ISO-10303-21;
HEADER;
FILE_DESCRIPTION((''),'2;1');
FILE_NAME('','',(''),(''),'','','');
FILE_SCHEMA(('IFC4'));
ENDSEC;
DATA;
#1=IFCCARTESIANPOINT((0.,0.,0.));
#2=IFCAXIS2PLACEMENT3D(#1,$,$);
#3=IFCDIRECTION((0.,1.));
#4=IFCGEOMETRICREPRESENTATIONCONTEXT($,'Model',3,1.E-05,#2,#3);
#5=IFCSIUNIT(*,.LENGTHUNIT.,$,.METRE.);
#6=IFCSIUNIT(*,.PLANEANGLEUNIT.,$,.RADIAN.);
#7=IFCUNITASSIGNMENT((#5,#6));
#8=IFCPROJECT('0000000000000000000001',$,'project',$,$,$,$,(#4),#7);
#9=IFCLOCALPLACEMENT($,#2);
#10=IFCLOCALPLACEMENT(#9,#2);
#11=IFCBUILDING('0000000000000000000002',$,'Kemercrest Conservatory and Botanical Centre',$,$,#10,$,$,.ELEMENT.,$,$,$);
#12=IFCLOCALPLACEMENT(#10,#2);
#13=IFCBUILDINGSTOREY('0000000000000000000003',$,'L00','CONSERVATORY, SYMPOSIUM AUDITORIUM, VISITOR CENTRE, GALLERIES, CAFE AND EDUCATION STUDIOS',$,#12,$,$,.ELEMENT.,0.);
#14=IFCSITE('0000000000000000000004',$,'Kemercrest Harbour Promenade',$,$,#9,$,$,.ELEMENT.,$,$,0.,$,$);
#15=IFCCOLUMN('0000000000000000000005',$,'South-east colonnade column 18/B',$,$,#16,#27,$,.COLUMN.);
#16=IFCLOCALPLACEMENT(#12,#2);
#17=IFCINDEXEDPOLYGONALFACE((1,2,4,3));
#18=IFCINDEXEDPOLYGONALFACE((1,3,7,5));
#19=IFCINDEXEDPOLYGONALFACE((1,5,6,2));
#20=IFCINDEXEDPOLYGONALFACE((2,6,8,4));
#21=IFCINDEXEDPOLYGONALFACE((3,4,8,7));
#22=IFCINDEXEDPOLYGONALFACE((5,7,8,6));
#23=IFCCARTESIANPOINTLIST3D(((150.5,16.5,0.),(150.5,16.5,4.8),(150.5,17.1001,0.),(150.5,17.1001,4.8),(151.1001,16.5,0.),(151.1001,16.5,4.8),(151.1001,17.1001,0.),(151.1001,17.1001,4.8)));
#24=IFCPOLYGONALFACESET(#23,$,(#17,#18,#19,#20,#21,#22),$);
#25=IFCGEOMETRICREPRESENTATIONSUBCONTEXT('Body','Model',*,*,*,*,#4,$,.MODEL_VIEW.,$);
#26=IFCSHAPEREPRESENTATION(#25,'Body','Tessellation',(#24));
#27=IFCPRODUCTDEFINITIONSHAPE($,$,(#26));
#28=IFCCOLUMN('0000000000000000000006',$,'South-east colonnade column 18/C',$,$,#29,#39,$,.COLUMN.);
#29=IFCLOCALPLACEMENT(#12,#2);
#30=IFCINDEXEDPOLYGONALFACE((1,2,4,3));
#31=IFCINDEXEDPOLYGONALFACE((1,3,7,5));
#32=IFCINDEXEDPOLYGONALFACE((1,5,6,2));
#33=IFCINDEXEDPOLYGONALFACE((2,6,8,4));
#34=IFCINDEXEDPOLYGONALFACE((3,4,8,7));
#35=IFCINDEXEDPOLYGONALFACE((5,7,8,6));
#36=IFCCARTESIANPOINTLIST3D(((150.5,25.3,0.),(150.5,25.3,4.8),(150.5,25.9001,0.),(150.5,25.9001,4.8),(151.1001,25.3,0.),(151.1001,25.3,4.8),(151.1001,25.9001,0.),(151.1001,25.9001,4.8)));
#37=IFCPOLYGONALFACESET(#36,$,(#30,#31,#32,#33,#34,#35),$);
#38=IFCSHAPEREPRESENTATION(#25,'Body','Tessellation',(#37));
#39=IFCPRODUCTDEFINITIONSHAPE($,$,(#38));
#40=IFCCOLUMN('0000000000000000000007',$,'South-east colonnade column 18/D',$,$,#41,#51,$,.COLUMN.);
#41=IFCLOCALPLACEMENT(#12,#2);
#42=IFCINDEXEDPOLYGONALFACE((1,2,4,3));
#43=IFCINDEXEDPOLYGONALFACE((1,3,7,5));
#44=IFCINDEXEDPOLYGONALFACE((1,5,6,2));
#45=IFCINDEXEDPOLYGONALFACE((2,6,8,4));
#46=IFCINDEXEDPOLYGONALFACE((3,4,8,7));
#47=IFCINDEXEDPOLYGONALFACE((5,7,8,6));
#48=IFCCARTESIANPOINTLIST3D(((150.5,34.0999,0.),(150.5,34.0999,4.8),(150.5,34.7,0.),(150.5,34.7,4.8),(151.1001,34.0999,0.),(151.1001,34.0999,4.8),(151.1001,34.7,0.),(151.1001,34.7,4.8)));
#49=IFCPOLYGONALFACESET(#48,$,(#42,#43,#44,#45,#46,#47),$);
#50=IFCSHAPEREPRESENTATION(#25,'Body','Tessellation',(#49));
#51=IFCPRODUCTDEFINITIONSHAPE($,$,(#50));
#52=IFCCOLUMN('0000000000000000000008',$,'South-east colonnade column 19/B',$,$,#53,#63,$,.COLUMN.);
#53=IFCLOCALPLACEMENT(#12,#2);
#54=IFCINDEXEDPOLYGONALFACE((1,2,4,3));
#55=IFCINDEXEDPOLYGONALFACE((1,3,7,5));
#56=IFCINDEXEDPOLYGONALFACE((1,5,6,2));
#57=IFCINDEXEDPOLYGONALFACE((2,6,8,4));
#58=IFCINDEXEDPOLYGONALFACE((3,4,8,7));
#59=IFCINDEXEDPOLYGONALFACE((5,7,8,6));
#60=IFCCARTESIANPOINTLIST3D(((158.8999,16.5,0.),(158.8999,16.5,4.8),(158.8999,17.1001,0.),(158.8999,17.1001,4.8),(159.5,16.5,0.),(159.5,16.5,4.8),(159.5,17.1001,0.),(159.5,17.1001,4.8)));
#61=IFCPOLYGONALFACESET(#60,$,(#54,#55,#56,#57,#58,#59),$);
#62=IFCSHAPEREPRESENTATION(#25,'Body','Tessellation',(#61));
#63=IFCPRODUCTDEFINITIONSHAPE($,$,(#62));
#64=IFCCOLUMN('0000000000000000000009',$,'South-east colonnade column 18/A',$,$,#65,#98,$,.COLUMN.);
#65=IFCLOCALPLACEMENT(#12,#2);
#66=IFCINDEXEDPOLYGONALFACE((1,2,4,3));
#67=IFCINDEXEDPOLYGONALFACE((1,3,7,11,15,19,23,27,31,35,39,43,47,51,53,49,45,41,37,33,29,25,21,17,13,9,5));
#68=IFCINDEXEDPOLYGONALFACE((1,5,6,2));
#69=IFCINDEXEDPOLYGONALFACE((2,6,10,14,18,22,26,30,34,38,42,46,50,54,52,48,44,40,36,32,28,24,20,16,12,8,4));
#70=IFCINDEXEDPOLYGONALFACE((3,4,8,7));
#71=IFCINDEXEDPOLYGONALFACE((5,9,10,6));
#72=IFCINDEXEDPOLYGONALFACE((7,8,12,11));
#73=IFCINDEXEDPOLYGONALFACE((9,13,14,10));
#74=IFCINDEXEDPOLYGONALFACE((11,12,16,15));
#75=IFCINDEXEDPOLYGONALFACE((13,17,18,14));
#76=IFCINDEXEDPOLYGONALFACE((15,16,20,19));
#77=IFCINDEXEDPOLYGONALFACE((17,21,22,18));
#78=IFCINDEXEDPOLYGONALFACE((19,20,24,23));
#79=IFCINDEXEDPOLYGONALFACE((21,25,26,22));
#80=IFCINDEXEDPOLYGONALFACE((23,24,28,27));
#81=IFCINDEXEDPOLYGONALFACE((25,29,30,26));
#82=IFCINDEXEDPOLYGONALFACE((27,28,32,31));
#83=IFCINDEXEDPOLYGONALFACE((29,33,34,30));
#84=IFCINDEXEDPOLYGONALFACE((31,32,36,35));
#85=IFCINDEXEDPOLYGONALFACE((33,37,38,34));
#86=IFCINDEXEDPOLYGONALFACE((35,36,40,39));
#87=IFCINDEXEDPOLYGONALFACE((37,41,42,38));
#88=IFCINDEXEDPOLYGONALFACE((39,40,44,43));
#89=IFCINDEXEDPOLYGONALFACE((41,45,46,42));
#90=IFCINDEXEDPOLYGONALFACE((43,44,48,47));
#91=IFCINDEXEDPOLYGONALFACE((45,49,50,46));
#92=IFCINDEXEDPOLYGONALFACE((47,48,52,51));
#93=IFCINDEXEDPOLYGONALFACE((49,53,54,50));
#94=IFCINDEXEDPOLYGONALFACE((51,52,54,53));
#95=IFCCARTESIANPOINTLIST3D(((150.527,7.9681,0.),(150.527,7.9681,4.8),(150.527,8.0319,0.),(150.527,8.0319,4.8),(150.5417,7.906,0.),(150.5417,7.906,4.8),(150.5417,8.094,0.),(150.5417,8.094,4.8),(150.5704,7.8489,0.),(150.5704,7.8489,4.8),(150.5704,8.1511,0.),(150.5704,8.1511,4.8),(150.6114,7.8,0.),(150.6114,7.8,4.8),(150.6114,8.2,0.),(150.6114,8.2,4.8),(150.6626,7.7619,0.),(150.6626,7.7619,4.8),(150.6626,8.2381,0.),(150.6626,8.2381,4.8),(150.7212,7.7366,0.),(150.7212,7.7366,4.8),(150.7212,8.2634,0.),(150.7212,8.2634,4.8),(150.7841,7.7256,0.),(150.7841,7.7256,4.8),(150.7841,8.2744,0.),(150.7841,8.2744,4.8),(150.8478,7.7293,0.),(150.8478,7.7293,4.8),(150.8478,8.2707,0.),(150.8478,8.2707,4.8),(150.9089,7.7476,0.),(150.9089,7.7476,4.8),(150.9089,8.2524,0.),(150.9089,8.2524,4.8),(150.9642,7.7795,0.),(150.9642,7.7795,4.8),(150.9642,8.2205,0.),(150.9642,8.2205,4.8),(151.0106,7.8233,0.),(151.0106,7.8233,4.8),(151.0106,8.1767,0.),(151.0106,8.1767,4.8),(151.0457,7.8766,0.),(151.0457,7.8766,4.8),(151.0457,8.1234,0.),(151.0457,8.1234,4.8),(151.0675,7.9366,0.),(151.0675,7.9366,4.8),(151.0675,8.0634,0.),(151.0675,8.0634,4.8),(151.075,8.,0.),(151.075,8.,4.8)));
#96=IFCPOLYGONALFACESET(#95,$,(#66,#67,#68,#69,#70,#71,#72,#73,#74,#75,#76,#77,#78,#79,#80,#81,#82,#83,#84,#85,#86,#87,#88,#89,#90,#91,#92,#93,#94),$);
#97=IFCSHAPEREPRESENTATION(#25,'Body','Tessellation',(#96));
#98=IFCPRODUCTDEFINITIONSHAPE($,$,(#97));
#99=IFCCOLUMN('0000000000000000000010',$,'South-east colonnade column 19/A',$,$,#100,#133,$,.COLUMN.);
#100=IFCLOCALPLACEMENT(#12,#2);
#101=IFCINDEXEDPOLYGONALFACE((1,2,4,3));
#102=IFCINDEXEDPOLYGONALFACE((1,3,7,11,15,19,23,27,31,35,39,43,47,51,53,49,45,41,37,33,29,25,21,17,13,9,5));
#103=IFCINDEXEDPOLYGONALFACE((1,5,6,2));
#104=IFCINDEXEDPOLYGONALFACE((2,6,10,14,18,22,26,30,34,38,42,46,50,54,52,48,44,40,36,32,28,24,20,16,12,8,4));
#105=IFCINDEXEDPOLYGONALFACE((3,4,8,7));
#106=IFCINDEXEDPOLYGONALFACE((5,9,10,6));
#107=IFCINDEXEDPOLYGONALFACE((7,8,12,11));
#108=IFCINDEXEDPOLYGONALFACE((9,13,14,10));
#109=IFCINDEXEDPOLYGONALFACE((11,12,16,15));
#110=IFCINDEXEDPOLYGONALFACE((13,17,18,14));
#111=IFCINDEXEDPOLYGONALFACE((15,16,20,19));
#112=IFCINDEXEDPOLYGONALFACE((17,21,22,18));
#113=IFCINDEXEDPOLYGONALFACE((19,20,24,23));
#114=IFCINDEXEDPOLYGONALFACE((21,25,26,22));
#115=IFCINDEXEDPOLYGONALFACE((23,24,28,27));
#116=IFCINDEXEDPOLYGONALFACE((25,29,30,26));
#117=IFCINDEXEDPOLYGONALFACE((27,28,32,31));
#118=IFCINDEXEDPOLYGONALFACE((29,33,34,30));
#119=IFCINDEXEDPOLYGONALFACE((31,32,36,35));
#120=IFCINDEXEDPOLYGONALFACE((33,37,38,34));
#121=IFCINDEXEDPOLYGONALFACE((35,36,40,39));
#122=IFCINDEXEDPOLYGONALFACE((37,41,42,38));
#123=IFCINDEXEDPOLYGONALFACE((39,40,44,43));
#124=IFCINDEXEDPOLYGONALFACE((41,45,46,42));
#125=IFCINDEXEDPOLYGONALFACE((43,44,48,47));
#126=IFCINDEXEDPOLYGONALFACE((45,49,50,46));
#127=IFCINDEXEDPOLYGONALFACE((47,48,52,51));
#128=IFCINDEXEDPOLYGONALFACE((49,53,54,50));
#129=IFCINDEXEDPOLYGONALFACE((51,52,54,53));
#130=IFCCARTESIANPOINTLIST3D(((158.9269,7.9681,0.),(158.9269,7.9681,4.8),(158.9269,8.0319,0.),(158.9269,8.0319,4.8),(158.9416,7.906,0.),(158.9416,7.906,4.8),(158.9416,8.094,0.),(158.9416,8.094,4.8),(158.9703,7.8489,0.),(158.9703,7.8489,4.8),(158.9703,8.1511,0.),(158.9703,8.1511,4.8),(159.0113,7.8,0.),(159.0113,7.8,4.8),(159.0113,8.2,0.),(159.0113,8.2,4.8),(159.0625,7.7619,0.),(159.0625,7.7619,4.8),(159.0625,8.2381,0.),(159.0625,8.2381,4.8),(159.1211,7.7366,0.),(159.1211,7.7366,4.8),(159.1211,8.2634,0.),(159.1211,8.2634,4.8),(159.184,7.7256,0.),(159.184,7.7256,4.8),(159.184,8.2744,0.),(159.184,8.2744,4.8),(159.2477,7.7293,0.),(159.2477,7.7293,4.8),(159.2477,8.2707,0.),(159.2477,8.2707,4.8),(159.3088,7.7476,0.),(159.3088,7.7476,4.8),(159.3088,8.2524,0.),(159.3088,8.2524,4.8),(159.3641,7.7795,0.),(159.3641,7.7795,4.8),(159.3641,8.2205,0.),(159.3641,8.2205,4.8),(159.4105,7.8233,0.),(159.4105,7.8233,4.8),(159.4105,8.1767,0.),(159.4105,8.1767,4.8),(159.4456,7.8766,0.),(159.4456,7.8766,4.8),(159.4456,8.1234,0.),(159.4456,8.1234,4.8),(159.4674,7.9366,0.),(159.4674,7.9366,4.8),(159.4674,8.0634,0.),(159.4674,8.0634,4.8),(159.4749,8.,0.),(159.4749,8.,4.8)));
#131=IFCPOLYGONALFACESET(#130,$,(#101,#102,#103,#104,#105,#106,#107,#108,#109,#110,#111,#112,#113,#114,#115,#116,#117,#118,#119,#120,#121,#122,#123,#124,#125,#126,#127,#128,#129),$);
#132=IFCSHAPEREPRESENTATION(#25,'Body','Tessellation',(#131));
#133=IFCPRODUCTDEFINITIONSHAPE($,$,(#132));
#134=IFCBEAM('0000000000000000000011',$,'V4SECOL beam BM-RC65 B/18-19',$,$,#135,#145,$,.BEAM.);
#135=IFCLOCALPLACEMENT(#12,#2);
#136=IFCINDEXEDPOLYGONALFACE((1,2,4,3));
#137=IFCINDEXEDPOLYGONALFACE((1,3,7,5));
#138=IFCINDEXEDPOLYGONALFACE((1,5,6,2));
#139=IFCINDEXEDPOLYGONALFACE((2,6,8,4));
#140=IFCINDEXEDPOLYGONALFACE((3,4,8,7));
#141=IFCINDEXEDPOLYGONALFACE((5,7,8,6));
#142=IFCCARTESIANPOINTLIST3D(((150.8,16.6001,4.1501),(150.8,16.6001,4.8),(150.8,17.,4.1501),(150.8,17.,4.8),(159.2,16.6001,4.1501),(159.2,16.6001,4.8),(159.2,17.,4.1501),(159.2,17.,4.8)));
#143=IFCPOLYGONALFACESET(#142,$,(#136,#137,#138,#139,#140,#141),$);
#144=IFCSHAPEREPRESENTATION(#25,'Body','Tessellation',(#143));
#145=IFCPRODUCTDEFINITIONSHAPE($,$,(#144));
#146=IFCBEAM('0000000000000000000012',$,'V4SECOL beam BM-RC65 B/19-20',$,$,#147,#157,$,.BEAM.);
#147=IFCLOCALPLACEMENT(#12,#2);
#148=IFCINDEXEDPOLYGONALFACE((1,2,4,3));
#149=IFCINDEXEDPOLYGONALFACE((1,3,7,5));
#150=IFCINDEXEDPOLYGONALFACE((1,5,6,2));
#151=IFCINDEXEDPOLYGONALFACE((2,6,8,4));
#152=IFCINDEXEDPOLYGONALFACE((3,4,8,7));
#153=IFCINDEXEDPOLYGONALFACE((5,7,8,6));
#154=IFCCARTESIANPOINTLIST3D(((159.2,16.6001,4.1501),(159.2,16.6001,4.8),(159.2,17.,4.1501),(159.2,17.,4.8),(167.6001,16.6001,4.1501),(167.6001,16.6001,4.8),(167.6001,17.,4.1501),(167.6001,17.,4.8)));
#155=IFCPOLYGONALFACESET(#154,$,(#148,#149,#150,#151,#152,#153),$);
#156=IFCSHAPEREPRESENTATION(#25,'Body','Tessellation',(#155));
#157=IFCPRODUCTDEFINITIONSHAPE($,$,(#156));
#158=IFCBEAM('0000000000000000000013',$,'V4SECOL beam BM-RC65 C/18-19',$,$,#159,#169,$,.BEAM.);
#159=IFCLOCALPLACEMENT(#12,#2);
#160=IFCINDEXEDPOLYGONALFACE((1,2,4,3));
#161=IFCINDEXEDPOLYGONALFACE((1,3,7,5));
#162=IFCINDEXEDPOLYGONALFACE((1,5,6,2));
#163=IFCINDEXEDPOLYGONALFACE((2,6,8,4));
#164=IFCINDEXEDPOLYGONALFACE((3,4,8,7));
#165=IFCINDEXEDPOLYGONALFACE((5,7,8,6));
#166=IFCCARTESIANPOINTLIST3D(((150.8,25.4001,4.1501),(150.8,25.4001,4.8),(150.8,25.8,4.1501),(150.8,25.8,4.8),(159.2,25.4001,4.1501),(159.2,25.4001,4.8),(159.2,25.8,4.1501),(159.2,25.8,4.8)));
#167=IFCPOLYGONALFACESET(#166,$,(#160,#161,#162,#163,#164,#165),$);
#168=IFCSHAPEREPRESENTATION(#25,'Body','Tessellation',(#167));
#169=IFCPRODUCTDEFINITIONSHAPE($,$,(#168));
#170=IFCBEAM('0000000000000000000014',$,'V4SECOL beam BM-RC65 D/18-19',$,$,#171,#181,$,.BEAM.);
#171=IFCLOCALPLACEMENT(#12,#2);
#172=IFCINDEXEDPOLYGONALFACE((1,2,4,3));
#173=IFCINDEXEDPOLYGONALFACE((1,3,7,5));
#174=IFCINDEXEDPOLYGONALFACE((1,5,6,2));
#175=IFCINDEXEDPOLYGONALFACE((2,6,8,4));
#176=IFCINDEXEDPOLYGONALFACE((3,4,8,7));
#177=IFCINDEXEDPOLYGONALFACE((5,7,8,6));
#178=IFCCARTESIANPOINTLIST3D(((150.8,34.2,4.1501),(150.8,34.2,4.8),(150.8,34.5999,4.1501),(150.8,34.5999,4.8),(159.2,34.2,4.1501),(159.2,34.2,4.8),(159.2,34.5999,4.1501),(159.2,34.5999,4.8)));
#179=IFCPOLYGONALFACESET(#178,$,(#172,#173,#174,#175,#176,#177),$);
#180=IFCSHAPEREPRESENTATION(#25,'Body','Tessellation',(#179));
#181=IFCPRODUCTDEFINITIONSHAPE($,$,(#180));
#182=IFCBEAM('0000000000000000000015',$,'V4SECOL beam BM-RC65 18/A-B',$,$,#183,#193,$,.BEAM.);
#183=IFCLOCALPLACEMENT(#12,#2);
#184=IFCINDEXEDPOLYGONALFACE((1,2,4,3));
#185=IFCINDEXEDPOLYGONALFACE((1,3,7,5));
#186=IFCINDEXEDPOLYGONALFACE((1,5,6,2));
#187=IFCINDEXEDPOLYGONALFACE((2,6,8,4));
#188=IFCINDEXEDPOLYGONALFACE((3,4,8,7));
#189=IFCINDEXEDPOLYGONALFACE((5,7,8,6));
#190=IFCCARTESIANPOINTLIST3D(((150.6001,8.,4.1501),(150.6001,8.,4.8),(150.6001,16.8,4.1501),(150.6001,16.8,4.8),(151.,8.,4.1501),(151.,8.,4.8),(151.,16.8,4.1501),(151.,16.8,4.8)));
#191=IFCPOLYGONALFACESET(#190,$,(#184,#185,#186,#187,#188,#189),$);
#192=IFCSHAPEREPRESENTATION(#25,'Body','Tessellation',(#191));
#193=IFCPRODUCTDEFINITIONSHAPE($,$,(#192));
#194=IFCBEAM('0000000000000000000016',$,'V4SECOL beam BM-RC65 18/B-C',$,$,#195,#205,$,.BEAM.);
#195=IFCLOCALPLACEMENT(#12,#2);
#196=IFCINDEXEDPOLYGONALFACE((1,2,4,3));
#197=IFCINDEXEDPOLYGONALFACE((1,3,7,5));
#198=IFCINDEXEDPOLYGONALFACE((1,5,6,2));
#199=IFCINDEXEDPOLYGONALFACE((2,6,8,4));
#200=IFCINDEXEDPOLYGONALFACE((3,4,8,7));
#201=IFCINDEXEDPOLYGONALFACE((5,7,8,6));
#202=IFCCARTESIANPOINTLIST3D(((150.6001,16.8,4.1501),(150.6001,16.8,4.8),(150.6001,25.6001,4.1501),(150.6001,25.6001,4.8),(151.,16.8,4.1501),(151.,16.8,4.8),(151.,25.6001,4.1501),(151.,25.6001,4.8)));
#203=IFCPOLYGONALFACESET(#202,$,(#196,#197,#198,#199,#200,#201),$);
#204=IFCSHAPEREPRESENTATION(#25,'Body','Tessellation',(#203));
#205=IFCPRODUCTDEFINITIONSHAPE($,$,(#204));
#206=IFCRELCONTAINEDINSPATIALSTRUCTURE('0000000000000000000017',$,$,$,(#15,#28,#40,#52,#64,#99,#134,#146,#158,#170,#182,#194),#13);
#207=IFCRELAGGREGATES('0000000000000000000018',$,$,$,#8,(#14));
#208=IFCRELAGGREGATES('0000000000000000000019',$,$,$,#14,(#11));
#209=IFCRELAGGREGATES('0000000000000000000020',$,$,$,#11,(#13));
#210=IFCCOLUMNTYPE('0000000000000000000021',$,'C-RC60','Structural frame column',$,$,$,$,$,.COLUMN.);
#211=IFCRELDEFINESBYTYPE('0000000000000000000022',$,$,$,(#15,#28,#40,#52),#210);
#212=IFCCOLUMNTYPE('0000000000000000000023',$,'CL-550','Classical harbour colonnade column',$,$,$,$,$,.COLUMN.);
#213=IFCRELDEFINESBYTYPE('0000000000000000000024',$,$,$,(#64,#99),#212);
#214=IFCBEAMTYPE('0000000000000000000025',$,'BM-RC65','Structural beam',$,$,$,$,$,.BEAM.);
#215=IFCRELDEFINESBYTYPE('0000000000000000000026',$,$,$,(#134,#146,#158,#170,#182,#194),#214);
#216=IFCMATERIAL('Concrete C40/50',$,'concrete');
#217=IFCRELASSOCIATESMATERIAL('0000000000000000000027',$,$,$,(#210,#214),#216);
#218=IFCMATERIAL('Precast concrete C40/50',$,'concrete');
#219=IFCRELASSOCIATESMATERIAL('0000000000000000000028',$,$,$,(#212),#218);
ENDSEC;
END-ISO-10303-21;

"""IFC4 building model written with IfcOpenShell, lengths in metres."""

from ifc_helpers import new_model, si_unit, direction, frame, origin, origin_2d, place, context, subcontext, project, spatial, rectangle, circle, extrude, material, material_profile, profile_set, type_object, element, save


model = new_model("IFC4")

# Units and contexts
model_context = context("Model", 3, precision=1e-05, world=origin(), true_north=direction((0.0, 1.0)))
body_context = subcontext(model_context, "Body", "Model", "MODEL_VIEW")
ifc_project = project(units=[si_unit("LENGTHUNIT", "METRE"), si_unit("PLANEANGLEUNIT", "RADIAN")], contexts=[model_context])

# Site, building, storey
site_placement = place(None, origin())
site = spatial("IfcSite", under=ifc_project, at=site_placement, Name="Kemercrest Harbour Promenade", CompositionType="ELEMENT", RefElevation=0.0)
building_placement = place(site_placement, origin())
building = spatial("IfcBuilding", under=site, at=building_placement, Name="Kemercrest Conservatory and Botanical Centre", CompositionType="ELEMENT")
storey_placement = place(building_placement, origin())
storey = spatial("IfcBuildingStorey", under=building, at=storey_placement, Name="L00", Description="CONSERVATORY, SYMPOSIUM AUDITORIUM, VISITOR CENTRE, GALLERIES, CAFE AND EDUCATION STUDIOS", CompositionType="ELEMENT", Elevation=0.0)

# Columns
ifc_material_1 = material(Name="Concrete C40/50", Category="concrete")
ifc_material_profile_1 = material_profile(ifc_material_1, rectangle(XDim=0.6001, YDim=0.6001, at=origin_2d()), Name="RC 600x600")
ifc_profile_set_1 = profile_set([ifc_material_profile_1], Name="Concrete C40/50")
column_type_1 = type_object("IfcColumnType", Name="C-RC60", Description="Structural frame column", PredefinedType="COLUMN", material=ifc_profile_set_1)
for number, where, z_axis, x_axis, name in (
    (1, (150.8, 16.8, 0.0), (0.0, 0.0, 1.0), (1.0, 0.0, 0.0), "South-east colonnade column 18/B"),
    (2, (150.8, 25.6001, 0.0), (0.0, 0.0, 1.0), (1.0, 0.0, 0.0), "South-east colonnade column 18/C"),
    (3, (150.8, 34.3999, 0.0), (0.0, 0.0, 1.0), (1.0, 0.0, 0.0), "South-east colonnade column 18/D"),
    (4, (159.2, 16.8, 0.0), (0.0, 0.0, 1.0), (1.0, 0.0, 0.0), "South-east colonnade column 19/B"),
):
    element("IfcColumn", number, at=place(storey_placement, frame(where, z_axis=z_axis, x_axis=x_axis)), inside=storey, type_object=column_type_1, Name=name, PredefinedType="COLUMN", context=body_context, shape_type="SweptSolid", body=[
        extrude(rectangle(XDim=0.6001, YDim=0.6001, at=origin_2d()), origin(), (0.0, 0.0, 1.0), 4.8),
    ])
ifc_material_2 = material(Name="Precast concrete C40/50", Category="concrete")
ifc_material_profile_2 = material_profile(ifc_material_2, circle(Radius=0.2749, at=origin_2d()), Name="COLONNADE D550")
ifc_profile_set_2 = profile_set([ifc_material_profile_2], Name="Precast concrete C40/50")
column_type_2 = type_object("IfcColumnType", Name="CL-550", Description="Classical harbour colonnade column", PredefinedType="COLUMN", material=ifc_profile_set_2)
for number, where, z_axis, x_axis, name in (
    (5, (150.8, 8.0, 0.0), (0.0, 0.0, 1.0), (1.0, 0.0, 0.0), "South-east colonnade column 18/A"),
    (6, (159.2, 8.0, 0.0), (0.0, 0.0, 1.0), (1.0, 0.0, 0.0), "South-east colonnade column 19/A"),
):
    element("IfcColumn", number, at=place(storey_placement, frame(where, z_axis=z_axis, x_axis=x_axis)), inside=storey, type_object=column_type_2, Name=name, PredefinedType="COLUMN", context=body_context, shape_type="SweptSolid", body=[
        extrude(circle(Radius=0.2749, at=origin_2d()), origin(), (0.0, 0.0, 1.0), 4.8),
    ])

# Beams
ifc_material_profile_3 = material_profile(ifc_material_1, rectangle(XDim=0.3999, YDim=0.6499, at=origin_2d()), Name="RC 400x650")
ifc_profile_set_3 = profile_set([ifc_material_profile_3], Name="Concrete C40/50")
beam_type_1 = type_object("IfcBeamType", Name="BM-RC65", Description="Structural beam", PredefinedType="BEAM", material=ifc_profile_set_3)
beam_1_placement = place(storey_placement, frame((150.8, 16.8, 4.4751), z_axis=(1.0, 0.0, 0.0), x_axis=(0.0, 1.0, 0.0)))
element("IfcBeam", 7, at=beam_1_placement, inside=storey, type_object=beam_type_1, Name="V4SECOL beam BM-RC65 B/18-19", PredefinedType="BEAM", context=body_context, shape_type="SweptSolid", body=[
    extrude(rectangle(XDim=0.3999, YDim=0.6499, at=origin_2d()), origin(), (0.0, 0.0, 1.0), 8.3999),
])
beam_2_placement = place(storey_placement, frame((159.2, 16.8, 4.4751), z_axis=(1.0, 0.0, 0.0), x_axis=(0.0, 1.0, 0.0)))
element("IfcBeam", 8, at=beam_2_placement, inside=storey, type_object=beam_type_1, Name="V4SECOL beam BM-RC65 B/19-20", PredefinedType="BEAM", context=body_context, shape_type="SweptSolid", body=[
    extrude(rectangle(XDim=0.3999, YDim=0.6499, at=origin_2d()), origin(), (0.0, 0.0, 1.0), 8.4001),
])
for number, where, z_axis, x_axis, name in (
    (9, (150.8, 25.6001, 4.4751), (1.0, 0.0, 0.0), (0.0, 1.0, 0.0), "V4SECOL beam BM-RC65 C/18-19"),
    (10, (150.8, 34.3999, 4.4751), (1.0, 0.0, 0.0), (0.0, 1.0, 0.0), "V4SECOL beam BM-RC65 D/18-19"),
):
    element("IfcBeam", number, at=place(storey_placement, frame(where, z_axis=z_axis, x_axis=x_axis)), inside=storey, type_object=beam_type_1, Name=name, PredefinedType="BEAM", context=body_context, shape_type="SweptSolid", body=[
        extrude(rectangle(XDim=0.3999, YDim=0.6499, at=origin_2d()), origin(), (0.0, 0.0, 1.0), 8.3999),
    ])
for number, where, z_axis, x_axis, name in (
    (11, (150.8, 8.0, 4.4751), (0.0, 1.0, 0.0), (-1.0, 0.0, 0.0), "V4SECOL beam BM-RC65 18/A-B"),
    (12, (150.8, 16.8, 4.4751), (0.0, 1.0, 0.0), (-1.0, 0.0, 0.0), "V4SECOL beam BM-RC65 18/B-C"),
):
    element("IfcBeam", number, at=place(storey_placement, frame(where, z_axis=z_axis, x_axis=x_axis)), inside=storey, type_object=beam_type_1, Name=name, PredefinedType="BEAM", context=body_context, shape_type="SweptSolid", body=[
        extrude(rectangle(XDim=0.3999, YDim=0.6499, at=origin_2d()), origin(), (0.0, 0.0, 1.0), 8.8),
    ])

save(model, "model.ifc")
